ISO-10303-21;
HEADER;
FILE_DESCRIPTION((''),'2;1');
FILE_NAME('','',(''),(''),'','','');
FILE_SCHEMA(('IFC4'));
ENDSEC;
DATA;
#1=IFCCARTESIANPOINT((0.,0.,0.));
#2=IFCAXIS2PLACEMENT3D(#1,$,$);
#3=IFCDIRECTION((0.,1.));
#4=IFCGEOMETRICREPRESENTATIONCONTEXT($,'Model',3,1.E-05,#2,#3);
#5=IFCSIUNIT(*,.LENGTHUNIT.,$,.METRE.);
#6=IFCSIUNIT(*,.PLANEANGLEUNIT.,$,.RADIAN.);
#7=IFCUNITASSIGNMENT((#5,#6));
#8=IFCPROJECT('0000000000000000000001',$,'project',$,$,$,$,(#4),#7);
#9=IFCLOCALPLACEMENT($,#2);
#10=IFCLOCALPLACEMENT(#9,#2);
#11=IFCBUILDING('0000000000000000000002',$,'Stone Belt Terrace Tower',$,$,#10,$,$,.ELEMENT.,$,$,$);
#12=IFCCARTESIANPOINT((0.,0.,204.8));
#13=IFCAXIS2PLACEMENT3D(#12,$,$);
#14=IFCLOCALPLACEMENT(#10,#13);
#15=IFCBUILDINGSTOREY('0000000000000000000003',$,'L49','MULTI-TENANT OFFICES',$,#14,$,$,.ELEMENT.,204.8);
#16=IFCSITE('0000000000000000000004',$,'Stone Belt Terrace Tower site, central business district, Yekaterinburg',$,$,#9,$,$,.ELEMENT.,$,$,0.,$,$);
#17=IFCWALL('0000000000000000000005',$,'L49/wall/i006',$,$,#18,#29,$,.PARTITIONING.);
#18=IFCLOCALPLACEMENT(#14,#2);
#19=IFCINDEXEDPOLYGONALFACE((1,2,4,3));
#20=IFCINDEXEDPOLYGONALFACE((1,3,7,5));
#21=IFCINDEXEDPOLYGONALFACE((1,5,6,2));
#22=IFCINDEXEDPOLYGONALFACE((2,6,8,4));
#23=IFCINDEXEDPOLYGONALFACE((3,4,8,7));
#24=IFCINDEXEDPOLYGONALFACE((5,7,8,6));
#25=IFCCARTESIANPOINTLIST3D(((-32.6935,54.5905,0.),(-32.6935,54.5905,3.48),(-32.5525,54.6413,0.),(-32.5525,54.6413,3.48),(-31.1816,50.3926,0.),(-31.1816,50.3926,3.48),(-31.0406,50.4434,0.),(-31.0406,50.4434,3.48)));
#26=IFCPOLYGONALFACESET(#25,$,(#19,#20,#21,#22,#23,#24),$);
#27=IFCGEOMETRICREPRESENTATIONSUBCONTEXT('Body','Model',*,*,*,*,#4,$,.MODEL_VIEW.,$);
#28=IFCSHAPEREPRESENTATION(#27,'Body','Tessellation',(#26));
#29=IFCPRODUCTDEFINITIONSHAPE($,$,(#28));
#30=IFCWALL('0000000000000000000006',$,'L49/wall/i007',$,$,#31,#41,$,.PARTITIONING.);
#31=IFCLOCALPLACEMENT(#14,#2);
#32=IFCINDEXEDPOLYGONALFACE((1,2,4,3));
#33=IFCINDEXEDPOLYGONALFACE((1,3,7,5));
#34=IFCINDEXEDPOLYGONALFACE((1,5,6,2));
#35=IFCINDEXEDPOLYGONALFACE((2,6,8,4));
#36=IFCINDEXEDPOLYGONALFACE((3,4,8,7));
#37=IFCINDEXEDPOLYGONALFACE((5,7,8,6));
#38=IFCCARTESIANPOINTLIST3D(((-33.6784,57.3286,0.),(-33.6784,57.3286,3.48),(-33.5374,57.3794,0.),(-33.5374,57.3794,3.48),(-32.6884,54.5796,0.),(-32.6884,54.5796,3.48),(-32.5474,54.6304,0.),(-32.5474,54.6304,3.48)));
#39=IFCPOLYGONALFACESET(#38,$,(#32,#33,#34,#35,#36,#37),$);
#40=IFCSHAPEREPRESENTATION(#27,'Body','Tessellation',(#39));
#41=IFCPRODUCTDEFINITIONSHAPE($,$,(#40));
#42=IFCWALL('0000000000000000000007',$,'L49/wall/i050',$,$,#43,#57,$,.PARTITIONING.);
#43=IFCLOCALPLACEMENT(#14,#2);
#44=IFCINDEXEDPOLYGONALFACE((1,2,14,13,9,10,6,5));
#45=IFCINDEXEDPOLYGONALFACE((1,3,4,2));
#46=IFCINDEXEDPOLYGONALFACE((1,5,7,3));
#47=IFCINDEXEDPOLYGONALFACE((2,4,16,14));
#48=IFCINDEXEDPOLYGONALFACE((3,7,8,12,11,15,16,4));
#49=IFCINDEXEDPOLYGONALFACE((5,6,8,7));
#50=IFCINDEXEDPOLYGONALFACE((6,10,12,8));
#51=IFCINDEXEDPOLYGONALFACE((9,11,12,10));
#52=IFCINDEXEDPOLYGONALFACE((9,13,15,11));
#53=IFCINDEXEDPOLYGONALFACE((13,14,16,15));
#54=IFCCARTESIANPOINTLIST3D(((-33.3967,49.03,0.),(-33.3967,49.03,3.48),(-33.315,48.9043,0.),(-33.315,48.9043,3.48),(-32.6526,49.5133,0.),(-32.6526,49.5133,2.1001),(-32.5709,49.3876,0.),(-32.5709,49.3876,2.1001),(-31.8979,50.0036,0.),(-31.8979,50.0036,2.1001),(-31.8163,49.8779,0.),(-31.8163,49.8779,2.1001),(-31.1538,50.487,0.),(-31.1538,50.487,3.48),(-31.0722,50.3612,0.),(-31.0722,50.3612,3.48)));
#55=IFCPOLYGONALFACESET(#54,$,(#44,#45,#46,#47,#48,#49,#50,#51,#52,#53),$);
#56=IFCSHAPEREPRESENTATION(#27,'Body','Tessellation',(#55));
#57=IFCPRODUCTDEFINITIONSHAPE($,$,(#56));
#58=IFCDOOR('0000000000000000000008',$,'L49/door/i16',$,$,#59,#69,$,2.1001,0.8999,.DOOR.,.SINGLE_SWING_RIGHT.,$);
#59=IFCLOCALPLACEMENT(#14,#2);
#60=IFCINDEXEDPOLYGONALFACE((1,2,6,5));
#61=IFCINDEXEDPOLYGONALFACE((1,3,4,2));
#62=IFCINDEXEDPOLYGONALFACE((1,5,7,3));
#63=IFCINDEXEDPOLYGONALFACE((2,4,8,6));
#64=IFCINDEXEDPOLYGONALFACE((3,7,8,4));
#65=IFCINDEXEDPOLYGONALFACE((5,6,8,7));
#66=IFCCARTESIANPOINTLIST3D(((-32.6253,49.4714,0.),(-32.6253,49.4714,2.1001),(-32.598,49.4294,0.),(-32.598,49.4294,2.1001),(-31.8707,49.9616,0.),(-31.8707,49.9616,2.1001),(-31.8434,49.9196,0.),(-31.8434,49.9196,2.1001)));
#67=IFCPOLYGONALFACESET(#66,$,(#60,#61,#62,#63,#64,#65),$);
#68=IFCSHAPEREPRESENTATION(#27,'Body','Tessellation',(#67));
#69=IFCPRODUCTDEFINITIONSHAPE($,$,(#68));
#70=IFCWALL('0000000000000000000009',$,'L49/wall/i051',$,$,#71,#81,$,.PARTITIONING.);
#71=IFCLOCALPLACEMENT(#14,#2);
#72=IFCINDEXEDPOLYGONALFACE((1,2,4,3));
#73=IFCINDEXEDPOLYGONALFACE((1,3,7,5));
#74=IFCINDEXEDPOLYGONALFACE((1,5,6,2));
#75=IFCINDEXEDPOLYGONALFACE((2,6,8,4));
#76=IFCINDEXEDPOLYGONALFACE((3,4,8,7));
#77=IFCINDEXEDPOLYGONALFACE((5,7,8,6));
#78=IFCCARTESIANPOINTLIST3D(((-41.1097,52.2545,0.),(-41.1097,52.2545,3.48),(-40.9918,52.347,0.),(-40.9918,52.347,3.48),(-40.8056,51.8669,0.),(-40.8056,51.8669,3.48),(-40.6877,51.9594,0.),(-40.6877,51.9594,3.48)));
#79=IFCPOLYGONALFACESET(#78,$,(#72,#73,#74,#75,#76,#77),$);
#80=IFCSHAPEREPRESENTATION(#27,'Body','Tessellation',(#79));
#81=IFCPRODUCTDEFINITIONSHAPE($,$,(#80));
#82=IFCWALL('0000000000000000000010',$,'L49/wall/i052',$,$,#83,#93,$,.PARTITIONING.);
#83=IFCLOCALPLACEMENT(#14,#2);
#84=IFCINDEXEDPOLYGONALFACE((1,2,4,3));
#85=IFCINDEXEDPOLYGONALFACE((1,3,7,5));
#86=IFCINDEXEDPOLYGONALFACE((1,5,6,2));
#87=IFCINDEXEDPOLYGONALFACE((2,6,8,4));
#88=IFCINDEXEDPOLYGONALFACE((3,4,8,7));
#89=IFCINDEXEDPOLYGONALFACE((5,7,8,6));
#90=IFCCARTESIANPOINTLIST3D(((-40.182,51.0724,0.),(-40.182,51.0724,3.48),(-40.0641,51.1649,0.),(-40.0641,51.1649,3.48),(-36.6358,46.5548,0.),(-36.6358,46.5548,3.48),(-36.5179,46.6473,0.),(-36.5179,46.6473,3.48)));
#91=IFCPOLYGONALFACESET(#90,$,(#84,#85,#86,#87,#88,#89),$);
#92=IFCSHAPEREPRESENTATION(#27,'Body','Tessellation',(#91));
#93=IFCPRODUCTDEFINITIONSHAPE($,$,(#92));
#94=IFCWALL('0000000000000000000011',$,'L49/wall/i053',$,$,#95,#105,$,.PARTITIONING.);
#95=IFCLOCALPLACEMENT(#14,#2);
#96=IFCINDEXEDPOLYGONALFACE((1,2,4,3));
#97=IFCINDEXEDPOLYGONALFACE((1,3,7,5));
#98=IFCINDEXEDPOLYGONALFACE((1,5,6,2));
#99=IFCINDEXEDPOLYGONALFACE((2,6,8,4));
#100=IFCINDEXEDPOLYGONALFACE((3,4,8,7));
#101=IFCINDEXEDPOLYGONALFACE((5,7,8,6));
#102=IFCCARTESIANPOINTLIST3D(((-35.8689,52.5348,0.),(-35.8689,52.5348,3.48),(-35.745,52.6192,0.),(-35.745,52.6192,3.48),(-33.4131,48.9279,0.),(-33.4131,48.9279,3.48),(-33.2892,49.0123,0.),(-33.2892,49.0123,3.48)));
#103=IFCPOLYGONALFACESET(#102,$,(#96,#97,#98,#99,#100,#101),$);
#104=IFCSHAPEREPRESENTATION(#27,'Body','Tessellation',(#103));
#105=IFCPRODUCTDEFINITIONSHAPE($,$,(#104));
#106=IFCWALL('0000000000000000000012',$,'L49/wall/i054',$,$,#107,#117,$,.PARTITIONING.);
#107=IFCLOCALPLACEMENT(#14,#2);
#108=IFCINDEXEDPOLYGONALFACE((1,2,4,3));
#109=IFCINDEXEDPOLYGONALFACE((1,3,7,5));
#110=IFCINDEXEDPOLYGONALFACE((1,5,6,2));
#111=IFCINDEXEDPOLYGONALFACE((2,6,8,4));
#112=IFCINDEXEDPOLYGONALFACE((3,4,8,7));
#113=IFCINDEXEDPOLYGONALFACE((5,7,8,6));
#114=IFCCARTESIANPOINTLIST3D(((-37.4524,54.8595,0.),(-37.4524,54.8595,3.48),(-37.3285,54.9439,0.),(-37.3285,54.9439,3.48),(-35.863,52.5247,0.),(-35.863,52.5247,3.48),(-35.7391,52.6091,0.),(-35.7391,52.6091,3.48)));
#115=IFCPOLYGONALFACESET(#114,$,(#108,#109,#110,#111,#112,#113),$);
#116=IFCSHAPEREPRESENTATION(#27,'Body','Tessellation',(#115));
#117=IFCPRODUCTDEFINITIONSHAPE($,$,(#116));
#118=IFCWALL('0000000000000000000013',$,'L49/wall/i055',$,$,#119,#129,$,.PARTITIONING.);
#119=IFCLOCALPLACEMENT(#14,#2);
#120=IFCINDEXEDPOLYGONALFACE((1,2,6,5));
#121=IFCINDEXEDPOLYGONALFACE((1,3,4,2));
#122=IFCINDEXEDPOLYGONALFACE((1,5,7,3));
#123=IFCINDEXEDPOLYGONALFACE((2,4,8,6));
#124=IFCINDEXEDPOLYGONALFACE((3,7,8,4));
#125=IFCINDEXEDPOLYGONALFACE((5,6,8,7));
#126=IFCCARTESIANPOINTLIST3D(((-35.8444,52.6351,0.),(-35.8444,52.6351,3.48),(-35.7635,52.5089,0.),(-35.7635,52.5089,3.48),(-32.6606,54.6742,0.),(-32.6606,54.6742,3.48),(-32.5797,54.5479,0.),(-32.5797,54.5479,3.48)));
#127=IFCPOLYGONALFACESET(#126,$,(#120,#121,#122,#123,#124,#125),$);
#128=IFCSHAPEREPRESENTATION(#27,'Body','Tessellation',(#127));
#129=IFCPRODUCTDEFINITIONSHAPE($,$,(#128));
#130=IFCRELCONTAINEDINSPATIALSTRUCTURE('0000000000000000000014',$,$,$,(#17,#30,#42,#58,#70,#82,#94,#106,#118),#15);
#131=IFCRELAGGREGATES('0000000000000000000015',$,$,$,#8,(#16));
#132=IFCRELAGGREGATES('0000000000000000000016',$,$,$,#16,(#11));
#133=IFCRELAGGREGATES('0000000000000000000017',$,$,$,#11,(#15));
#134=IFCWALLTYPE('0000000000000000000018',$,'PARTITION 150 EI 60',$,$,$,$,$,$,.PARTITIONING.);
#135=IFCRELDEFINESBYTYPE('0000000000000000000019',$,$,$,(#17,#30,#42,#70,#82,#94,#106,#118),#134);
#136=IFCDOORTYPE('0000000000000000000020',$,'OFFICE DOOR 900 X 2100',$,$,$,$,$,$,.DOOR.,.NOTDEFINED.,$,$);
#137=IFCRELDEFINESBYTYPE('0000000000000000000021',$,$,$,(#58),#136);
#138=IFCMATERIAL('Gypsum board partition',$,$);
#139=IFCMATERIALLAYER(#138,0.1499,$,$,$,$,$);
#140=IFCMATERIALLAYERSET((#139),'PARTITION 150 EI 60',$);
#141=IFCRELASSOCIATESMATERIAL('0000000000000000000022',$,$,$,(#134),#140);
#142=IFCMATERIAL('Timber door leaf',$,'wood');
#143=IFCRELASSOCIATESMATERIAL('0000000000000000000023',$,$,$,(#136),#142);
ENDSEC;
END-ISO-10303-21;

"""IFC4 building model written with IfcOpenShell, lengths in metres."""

from ifc_helpers import new_model, si_unit, direction, frame, frame_2d, origin, place, context, subcontext, project, spatial, rectangle, extrude, material, layer, layer_set, type_object, element, fill, save


model = new_model("IFC4")

# Units and contexts
model_context = context("Model", 3, precision=1e-05, world=origin(), true_north=direction((0.0, 1.0)))
body_context = subcontext(model_context, "Body", "Model", "MODEL_VIEW")
ifc_project = project(units=[si_unit("LENGTHUNIT", "METRE"), si_unit("PLANEANGLEUNIT", "RADIAN")], contexts=[model_context])

# Site, building, storey
site_placement = place(None, origin())
site = spatial("IfcSite", under=ifc_project, at=site_placement, Name="Stone Belt Terrace Tower site, central business district, Yekaterinburg", CompositionType="ELEMENT", RefElevation=0.0)
building_placement = place(site_placement, origin())
building = spatial("IfcBuilding", under=site, at=building_placement, Name="Stone Belt Terrace Tower", CompositionType="ELEMENT")
storey_placement = place(building_placement, frame((0.0, 0.0, 204.8)))
storey = spatial("IfcBuildingStorey", under=building, at=storey_placement, Name="L49", Description="MULTI-TENANT OFFICES", CompositionType="ELEMENT", Elevation=204.8)

# Shared definitions
ifc_material_1 = material(Name="Gypsum board partition")
ifc_layer_1 = layer(ifc_material_1, 0.1499)
ifc_layer_set_1 = layer_set([ifc_layer_1], Name="PARTITION 150 EI 60")
wall_type = type_object("IfcWallType", Name="PARTITION 150 EI 60", PredefinedType="PARTITIONING", material=ifc_layer_set_1)
ifc_material_2 = material(Name="Timber door leaf", Category="wood")
door_type = type_object("IfcDoorType", Name="OFFICE DOOR 900 X 2100", OperationType="NOTDEFINED", PredefinedType="DOOR", material=ifc_material_2)

# Walls
wall_1_placement = place(storey_placement, frame((-31.1111, 50.418, 0.0), z_axis=(0.0, 0.0, 1.0), x_axis=(-0.338855, 0.940839, 0.0)))
element("IfcWall", 1, at=wall_1_placement, inside=storey, type_object=wall_type, Name="L49/wall/i006", PredefinedType="PARTITIONING", context=body_context, shape_type="SweptSolid", body=[
    extrude(rectangle(XDim=4.4619, YDim=0.1499, at=frame_2d((2.231, 0.0))), origin(), (0.0, 0.0, 1.0), 3.48),
])
wall_2_placement = place(storey_placement, frame((-32.6179, 54.605, 0.0), z_axis=(0.0, 0.0, 1.0), x_axis=(-0.338823, 0.94085, 0.0)))
element("IfcWall", 2, at=wall_2_placement, inside=storey, type_object=wall_type, Name="L49/wall/i007", PredefinedType="PARTITIONING", context=body_context, shape_type="SweptSolid", body=[
    extrude(rectangle(XDim=2.9219, YDim=0.1499, at=frame_2d((1.4609, 0.0))), origin(), (0.0, 0.0, 1.0), 3.48),
])

# Wall, opening, door
wall_3_placement = place(storey_placement, frame((-33.356, 48.967, 0.0), z_axis=(0.0, 0.0, 1.0), x_axis=(0.838592, 0.544761, 0.0)))
wall_3 = element("IfcWall", 3, at=wall_3_placement, inside=storey, type_object=wall_type, Name="L49/wall/i050", PredefinedType="PARTITIONING", context=body_context, shape_type="SweptSolid", body=[
    extrude(rectangle(XDim=2.6746, YDim=0.1499, at=frame_2d((1.3374, 0.0))), origin(), (0.0, 0.0, 1.0), 3.48),
])
opening_1_placement = place(wall_3_placement, frame((0.8875, 0.0, 0.0)))
opening_1 = element("IfcOpeningElement", 4, at=opening_1_placement, cuts=wall_3, PredefinedType="OPENING", context=body_context, shape_type="SweptSolid", body=[
    extrude(rectangle(XDim=0.8999, YDim=2.1001, at=frame_2d((0.45, 1.05))), frame((0.0, 0.085, 0.0), z_axis=(0.0, -1.0, 0.0), x_axis=(1.0, 0.0, 0.0)), (0.0, 0.0, 1.0), 0.1699),
])
door_1_placement = place(opening_1_placement, origin())
door_1 = element("IfcDoor", 5, at=door_1_placement, inside=storey, type_object=door_type, Name="L49/door/i16", OperationType="SINGLE_SWING_RIGHT", OverallHeight=2.1001, OverallWidth=0.8999, PredefinedType="DOOR", context=body_context, shape_type="SweptSolid", body=[
    extrude(rectangle(XDim=0.8999, YDim=2.1001, at=frame_2d((0.45, 1.05))), frame((0.0, 0.0249, 0.0), z_axis=(0.0, -1.0, 0.0), x_axis=(1.0, 0.0, 0.0)), (0.0, 0.0, 1.0), 0.05),
])
fill(opening_1, door_1)

# Walls
wall_4_placement = place(storey_placement, frame((-41.0508, 52.3008, 0.0), z_axis=(0.0, 0.0, 1.0), x_axis=(0.617296, -0.786731, 0.0)))
element("IfcWall", 6, at=wall_4_placement, inside=storey, type_object=wall_type, Name="L49/wall/i051", PredefinedType="PARTITIONING", context=body_context, shape_type="SweptSolid", body=[
    extrude(rectangle(XDim=0.4927, YDim=0.1499, at=frame_2d((0.2463, 0.0))), origin(), (0.0, 0.0, 1.0), 3.48),
])
wall_5_placement = place(storey_placement, frame((-40.123, 51.1187, 0.0), z_axis=(0.0, 0.0, 1.0), x_axis=(0.617457, -0.786604, 0.0)))
element("IfcWall", 7, at=wall_5_placement, inside=storey, type_object=wall_type, Name="L49/wall/i052", PredefinedType="PARTITIONING", context=body_context, shape_type="SweptSolid", body=[
    extrude(rectangle(XDim=5.7432, YDim=0.1499, at=frame_2d((2.8716, 0.0))), origin(), (0.0, 0.0, 1.0), 3.48),
])
wall_6_placement = place(storey_placement, frame((-35.8069, 52.5769, 0.0), z_axis=(0.0, 0.0, 1.0), x_axis=(0.562795, -0.826596, 0.0)))
element("IfcWall", 8, at=wall_6_placement, inside=storey, type_object=wall_type, Name="L49/wall/i053", PredefinedType="PARTITIONING", context=body_context, shape_type="SweptSolid", body=[
    extrude(rectangle(XDim=4.3635, YDim=0.1499, at=frame_2d((2.1816, 0.0))), origin(), (0.0, 0.0, 1.0), 3.48),
])
wall_7_placement = place(storey_placement, frame((-37.3904, 54.9016, 0.0), z_axis=(0.0, 0.0, 1.0), x_axis=(0.562733, -0.826639, 0.0)))
element("IfcWall", 9, at=wall_7_placement, inside=storey, type_object=wall_type, Name="L49/wall/i054", PredefinedType="PARTITIONING", context=body_context, shape_type="SweptSolid", body=[
    extrude(rectangle(XDim=2.8245, YDim=0.1499, at=frame_2d((1.4121, 0.0))), origin(), (0.0, 0.0, 1.0), 3.48),
])
wall_8_placement = place(storey_placement, frame((-35.804, 52.572, 0.0), z_axis=(0.0, 0.0, 1.0), x_axis=(0.842102, 0.539318, 0.0)))
element("IfcWall", 10, at=wall_8_placement, inside=storey, type_object=wall_type, Name="L49/wall/i055", PredefinedType="PARTITIONING", context=body_context, shape_type="SweptSolid", body=[
    extrude(rectangle(XDim=3.7808, YDim=0.1499, at=frame_2d((1.8904, 0.0))), origin(), (0.0, 0.0, 1.0), 3.48),
])

save(model, "model.ifc")
